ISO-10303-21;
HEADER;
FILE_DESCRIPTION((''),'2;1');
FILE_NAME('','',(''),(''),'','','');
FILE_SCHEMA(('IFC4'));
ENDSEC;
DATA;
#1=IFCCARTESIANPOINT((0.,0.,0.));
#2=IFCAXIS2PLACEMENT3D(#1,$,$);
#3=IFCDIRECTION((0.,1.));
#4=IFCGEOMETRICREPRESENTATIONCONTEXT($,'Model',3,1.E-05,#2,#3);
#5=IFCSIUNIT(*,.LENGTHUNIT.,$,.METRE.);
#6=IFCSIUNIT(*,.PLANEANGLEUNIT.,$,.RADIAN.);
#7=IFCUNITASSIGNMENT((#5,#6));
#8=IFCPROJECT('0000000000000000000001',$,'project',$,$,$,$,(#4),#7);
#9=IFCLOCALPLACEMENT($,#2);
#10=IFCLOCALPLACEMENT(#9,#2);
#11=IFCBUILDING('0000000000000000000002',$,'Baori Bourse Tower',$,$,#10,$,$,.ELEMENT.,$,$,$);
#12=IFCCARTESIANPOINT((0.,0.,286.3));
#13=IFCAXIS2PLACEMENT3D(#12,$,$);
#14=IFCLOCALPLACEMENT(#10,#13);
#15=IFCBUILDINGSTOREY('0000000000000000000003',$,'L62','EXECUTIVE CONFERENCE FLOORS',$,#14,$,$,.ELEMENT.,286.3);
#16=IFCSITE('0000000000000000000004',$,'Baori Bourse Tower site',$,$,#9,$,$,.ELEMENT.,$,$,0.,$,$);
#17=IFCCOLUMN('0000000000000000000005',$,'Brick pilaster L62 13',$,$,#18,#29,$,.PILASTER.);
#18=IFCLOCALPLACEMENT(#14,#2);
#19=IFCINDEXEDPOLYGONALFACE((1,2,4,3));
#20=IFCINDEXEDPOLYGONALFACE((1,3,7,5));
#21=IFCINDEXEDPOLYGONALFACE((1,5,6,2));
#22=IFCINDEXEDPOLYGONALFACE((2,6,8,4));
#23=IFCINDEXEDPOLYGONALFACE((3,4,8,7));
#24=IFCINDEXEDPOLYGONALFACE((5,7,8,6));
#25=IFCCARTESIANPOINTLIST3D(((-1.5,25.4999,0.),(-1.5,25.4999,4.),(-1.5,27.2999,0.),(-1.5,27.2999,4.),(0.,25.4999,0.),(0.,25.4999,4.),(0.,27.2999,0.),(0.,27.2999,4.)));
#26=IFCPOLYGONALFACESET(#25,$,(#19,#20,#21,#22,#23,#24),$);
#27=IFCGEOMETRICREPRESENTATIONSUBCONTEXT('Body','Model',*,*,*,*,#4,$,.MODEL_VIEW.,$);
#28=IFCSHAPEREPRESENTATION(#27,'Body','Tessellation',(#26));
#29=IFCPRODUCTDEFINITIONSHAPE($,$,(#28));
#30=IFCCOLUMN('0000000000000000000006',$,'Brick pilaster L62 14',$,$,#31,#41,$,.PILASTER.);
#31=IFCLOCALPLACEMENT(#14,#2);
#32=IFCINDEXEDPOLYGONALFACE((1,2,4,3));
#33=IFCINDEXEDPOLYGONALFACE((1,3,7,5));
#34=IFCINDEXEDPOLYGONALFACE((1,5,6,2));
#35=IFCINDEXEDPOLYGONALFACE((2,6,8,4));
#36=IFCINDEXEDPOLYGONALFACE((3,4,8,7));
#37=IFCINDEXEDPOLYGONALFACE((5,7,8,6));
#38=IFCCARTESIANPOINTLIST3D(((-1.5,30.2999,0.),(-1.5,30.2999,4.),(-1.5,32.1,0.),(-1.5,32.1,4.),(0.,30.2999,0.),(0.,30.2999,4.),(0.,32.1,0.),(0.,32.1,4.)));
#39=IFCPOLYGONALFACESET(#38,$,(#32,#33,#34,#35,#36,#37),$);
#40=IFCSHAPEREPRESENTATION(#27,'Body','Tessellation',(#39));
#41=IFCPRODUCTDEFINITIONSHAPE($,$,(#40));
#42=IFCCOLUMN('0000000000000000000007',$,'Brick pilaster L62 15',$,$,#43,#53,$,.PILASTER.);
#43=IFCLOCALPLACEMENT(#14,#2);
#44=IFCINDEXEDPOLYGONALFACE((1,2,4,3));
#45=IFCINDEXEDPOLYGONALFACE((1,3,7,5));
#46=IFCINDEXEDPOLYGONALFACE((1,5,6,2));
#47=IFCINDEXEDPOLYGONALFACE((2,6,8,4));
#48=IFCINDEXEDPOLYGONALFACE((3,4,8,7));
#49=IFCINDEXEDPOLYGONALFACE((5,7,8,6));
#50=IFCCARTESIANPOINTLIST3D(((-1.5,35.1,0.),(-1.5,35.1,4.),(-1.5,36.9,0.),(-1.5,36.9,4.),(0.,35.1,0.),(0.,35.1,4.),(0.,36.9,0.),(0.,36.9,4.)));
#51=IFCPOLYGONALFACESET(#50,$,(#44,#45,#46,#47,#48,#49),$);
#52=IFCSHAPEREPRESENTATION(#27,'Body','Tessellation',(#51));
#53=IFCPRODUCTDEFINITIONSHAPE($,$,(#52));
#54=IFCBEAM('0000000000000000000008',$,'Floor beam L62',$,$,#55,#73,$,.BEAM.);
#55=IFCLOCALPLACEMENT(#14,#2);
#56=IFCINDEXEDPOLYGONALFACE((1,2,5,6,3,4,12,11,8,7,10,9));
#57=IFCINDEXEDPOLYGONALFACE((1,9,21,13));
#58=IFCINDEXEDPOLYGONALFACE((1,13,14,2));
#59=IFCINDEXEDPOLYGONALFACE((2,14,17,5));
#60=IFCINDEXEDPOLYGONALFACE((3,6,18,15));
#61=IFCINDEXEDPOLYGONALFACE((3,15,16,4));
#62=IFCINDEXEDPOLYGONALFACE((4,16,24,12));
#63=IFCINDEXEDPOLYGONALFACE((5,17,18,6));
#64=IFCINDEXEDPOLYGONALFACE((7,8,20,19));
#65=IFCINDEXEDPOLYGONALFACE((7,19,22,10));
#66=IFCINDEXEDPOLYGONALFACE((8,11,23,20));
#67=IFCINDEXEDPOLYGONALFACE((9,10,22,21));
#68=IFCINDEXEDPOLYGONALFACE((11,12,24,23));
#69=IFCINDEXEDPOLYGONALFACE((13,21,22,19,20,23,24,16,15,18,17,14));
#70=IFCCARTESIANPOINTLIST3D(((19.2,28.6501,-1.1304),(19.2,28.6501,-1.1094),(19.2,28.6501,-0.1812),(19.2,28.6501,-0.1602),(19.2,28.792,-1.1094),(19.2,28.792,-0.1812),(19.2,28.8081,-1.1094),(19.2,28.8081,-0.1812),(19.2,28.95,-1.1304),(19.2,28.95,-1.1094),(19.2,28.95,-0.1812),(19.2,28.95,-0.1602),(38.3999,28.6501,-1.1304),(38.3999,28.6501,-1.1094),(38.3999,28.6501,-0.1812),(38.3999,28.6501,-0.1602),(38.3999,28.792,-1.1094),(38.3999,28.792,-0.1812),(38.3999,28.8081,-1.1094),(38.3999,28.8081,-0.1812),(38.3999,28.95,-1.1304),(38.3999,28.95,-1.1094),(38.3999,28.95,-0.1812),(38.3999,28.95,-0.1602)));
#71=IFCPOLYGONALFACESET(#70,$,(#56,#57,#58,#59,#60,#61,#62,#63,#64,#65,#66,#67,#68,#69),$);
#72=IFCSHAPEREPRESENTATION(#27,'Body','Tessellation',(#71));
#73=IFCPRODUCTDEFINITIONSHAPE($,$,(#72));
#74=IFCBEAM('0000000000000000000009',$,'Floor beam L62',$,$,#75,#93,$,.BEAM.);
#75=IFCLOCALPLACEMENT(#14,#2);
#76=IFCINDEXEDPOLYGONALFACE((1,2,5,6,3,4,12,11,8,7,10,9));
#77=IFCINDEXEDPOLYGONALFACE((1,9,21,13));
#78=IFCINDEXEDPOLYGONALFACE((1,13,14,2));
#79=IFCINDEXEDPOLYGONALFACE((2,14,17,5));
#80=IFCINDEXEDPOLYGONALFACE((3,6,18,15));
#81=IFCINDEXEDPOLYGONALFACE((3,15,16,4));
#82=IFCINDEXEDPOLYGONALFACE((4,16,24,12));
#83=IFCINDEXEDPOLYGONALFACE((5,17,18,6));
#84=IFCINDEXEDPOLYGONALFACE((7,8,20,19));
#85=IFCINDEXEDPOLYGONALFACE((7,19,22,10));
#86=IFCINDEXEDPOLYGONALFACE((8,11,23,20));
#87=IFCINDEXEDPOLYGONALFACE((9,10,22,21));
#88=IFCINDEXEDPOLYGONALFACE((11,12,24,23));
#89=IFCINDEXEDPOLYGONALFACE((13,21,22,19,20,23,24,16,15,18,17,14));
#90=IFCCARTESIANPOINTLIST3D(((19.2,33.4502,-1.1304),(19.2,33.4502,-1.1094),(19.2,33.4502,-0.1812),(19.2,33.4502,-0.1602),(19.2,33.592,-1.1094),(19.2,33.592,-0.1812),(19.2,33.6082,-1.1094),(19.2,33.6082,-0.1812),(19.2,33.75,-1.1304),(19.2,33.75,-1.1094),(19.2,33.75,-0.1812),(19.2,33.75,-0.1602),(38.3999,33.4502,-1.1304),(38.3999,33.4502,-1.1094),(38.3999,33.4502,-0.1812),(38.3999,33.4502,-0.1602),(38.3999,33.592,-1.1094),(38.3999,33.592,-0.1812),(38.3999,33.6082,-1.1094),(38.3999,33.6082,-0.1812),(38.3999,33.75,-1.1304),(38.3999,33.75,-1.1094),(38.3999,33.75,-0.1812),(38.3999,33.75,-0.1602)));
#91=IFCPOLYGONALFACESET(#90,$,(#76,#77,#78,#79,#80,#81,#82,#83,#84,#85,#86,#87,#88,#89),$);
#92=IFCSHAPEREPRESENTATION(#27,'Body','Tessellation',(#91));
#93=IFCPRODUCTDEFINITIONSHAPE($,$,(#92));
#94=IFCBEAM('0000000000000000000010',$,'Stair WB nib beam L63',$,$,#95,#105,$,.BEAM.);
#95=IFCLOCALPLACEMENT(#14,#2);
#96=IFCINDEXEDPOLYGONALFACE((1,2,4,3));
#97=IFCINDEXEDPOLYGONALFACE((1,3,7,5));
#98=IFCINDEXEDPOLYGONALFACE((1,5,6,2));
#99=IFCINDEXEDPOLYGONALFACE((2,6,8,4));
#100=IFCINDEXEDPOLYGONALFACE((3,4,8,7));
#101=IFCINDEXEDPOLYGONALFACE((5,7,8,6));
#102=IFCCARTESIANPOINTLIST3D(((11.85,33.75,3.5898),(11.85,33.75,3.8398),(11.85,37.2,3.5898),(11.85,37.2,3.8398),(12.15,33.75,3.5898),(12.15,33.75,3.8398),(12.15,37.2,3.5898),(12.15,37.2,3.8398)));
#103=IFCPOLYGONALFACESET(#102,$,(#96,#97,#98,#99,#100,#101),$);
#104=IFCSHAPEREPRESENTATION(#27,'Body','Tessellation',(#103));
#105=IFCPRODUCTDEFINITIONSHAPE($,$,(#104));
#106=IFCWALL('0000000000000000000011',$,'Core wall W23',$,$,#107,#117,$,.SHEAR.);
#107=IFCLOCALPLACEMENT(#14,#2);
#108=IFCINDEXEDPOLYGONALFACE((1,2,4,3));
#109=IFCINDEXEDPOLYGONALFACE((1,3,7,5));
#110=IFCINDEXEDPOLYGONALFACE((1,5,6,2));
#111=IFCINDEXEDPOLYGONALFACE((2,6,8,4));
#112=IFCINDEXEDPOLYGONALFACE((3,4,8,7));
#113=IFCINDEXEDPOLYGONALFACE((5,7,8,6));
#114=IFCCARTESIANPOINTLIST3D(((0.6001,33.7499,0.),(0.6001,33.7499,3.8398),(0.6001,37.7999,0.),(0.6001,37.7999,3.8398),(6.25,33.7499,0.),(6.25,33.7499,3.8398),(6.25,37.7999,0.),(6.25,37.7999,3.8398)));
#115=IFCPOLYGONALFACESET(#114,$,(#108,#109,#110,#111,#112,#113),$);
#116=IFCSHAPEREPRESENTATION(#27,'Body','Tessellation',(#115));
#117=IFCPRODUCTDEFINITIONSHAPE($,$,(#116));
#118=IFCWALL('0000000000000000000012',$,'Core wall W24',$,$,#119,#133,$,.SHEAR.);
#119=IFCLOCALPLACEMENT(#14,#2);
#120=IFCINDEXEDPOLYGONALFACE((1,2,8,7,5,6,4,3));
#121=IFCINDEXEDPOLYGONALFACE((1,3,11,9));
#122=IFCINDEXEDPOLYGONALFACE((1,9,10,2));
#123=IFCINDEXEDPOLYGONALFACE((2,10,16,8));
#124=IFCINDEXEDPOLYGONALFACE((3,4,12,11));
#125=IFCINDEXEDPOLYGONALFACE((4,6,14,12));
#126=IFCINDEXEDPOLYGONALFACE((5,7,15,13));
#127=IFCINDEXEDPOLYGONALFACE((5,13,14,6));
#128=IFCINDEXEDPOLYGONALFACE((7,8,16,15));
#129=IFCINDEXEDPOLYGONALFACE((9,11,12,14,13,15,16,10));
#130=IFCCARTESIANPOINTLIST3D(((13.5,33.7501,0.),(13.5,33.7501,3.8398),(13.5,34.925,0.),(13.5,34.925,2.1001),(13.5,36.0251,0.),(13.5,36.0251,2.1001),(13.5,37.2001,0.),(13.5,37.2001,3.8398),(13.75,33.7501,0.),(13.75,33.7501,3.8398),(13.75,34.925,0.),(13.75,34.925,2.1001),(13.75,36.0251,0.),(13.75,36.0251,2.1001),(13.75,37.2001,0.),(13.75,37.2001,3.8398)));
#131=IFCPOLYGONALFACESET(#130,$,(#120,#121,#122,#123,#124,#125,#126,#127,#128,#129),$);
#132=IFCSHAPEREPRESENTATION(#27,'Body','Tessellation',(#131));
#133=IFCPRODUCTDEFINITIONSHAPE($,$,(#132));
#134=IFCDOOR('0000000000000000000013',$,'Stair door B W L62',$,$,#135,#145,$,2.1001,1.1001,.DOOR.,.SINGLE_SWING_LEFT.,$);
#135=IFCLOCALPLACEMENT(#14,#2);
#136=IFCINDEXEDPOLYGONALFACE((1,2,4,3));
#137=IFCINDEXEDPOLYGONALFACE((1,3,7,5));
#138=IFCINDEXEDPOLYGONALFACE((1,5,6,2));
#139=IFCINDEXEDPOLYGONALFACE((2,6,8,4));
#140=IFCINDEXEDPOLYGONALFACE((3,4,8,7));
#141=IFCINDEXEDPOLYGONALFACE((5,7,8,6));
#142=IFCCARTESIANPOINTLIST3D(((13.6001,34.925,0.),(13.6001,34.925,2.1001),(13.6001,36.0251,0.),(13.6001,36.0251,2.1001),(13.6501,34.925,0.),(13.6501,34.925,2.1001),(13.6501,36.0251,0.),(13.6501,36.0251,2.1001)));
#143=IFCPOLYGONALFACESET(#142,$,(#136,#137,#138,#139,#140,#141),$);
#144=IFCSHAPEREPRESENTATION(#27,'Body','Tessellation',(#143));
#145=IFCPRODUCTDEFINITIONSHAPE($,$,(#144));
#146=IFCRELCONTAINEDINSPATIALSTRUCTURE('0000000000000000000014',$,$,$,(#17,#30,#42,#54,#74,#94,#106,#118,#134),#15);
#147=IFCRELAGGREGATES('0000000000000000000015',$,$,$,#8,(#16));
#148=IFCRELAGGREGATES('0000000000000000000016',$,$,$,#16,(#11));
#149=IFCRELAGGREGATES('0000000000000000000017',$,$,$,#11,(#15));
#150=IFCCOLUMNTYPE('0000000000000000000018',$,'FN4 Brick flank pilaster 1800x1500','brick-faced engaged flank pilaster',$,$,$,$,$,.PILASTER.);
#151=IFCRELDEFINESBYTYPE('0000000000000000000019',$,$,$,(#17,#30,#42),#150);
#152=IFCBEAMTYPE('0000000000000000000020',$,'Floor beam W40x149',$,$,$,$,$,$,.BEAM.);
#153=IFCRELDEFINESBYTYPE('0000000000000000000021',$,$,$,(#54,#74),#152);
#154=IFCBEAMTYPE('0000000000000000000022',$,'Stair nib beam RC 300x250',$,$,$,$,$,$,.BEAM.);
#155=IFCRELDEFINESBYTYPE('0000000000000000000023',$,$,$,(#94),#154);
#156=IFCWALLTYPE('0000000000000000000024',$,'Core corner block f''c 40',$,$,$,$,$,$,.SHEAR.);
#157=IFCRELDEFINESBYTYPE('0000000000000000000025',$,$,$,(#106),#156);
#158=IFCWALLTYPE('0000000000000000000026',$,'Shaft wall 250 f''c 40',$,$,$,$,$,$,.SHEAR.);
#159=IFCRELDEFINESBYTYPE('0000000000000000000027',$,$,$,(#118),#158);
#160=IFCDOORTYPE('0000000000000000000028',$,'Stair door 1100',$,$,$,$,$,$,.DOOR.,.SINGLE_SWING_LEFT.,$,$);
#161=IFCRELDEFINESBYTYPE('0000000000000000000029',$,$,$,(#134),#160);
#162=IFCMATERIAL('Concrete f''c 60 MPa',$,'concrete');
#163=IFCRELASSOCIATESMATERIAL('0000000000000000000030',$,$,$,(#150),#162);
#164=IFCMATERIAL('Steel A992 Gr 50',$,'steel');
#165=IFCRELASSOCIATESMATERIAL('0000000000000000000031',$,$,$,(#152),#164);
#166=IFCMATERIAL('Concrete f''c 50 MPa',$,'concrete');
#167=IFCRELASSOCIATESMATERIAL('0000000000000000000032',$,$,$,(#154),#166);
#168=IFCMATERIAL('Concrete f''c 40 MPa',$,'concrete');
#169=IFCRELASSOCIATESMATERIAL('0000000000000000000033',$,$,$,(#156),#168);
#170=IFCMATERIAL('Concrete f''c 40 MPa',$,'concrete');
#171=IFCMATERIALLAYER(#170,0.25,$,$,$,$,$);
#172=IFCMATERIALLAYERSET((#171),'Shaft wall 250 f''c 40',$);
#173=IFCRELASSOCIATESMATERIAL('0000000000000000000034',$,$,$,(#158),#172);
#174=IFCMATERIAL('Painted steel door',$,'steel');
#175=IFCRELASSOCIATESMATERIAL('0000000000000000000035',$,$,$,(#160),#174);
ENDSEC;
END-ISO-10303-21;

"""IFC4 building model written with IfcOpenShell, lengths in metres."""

from ifc_helpers import new_model, si_unit, direction, frame, frame_2d, origin, origin_2d, place, context, subcontext, project, spatial, rectangle, i_section, extrude, material, layer, layer_set, material_profile, profile_set, type_object, element, fill, save


model = new_model("IFC4")

# Units and contexts
model_context = context("Model", 3, precision=1e-05, world=origin(), true_north=direction((0.0, 1.0)))
body_context = subcontext(model_context, "Body", "Model", "MODEL_VIEW")
ifc_project = project(units=[si_unit("LENGTHUNIT", "METRE"), si_unit("PLANEANGLEUNIT", "RADIAN")], contexts=[model_context])

# Site, building, storey
site_placement = place(None, origin())
site = spatial("IfcSite", under=ifc_project, at=site_placement, Name="Baori Bourse Tower site", CompositionType="ELEMENT", RefElevation=0.0)
building_placement = place(site_placement, origin())
building = spatial("IfcBuilding", under=site, at=building_placement, Name="Baori Bourse Tower", CompositionType="ELEMENT")
storey_placement = place(building_placement, frame((0.0, 0.0, 286.3)))
storey = spatial("IfcBuildingStorey", under=building, at=storey_placement, Name="L62", Description="EXECUTIVE CONFERENCE FLOORS", CompositionType="ELEMENT", Elevation=286.3)

# Columns
ifc_material_1 = material(Name="Concrete f'c 60 MPa", Category="concrete")
ifc_material_profile_1 = material_profile(ifc_material_1, rectangle(XDim=1.8, YDim=1.5, at=origin_2d()), Name="RC 1800x1500")
ifc_profile_set_1 = profile_set([ifc_material_profile_1], Name="Concrete f'c 60 MPa")
column_type = type_object("IfcColumnType", Name="FN4 Brick flank pilaster 1800x1500", Description="brick-faced engaged flank pilaster", PredefinedType="PILASTER", material=ifc_profile_set_1)
for number, where, z_axis, x_axis, name in (
    (1, (-0.75, 26.3999, 0.0), (0.0, 0.0, 1.0), (0.0, 1.0, 0.0), "Brick pilaster L62 13"),
    (2, (-0.75, 31.2, 0.0), (0.0, 0.0, 1.0), (0.0, 1.0, 0.0), "Brick pilaster L62 14"),
    (3, (-0.75, 36.0, 0.0), (0.0, 0.0, 1.0), (0.0, 1.0, 0.0), "Brick pilaster L62 15"),
):
    element("IfcColumn", number, at=place(storey_placement, frame(where, z_axis=z_axis, x_axis=x_axis)), inside=storey, type_object=column_type, Name=name, PredefinedType="PILASTER", context=body_context, shape_type="SweptSolid", body=[
        extrude(rectangle(XDim=1.8, YDim=1.5, at=origin_2d()), origin(), (0.0, 0.0, 1.0), 4.0),
    ])

# Beams
ifc_material_2 = material(Name="Steel A992 Gr 50", Category="steel")
ifc_material_profile_2 = material_profile(ifc_material_2, i_section(OverallWidth=0.2998, OverallDepth=0.9702, WebThickness=0.0161, FlangeThickness=0.021, at=origin_2d()), Name="W40x149")
ifc_profile_set_2 = profile_set([ifc_material_profile_2], Name="Steel A992 Gr 50")
beam_type_1 = type_object("IfcBeamType", Name="Floor beam W40x149", PredefinedType="BEAM", material=ifc_profile_set_2)
for number, where, z_axis, x_axis, name in (
    (4, (19.2, 28.8, -0.6453), (1.0, 0.0, 0.0), (0.0, 1.0, 0.0), "Floor beam L62"),
    (5, (19.2, 33.6001, -0.6453), (1.0, 0.0, 0.0), (0.0, 1.0, 0.0), "Floor beam L62"),
):
    element("IfcBeam", number, at=place(storey_placement, frame(where, z_axis=z_axis, x_axis=x_axis)), inside=storey, type_object=beam_type_1, Name=name, PredefinedType="BEAM", context=body_context, shape_type="SweptSolid", body=[
        extrude(i_section(OverallWidth=0.2998, OverallDepth=0.9702, WebThickness=0.0161, FlangeThickness=0.021, at=origin_2d()), origin(), (0.0, 0.0, 1.0), 19.2),
    ])
ifc_material_3 = material(Name="Concrete f'c 50 MPa", Category="concrete")
ifc_material_profile_3 = material_profile(ifc_material_3, rectangle(XDim=0.3, YDim=0.25, at=origin_2d()), Name="RC 300x250")
ifc_profile_set_3 = profile_set([ifc_material_profile_3], Name="Concrete f'c 50 MPa")
beam_type_2 = type_object("IfcBeamType", Name="Stair nib beam RC 300x250", PredefinedType="BEAM", material=ifc_profile_set_3)
beam_placement = place(storey_placement, frame((12.0, 33.75, 3.7148), z_axis=(0.0, 1.0, 0.0), x_axis=(-1.0, 0.0, 0.0)))
element("IfcBeam", 6, at=beam_placement, inside=storey, type_object=beam_type_2, Name="Stair WB nib beam L63", PredefinedType="BEAM", context=body_context, shape_type="SweptSolid", body=[
    extrude(rectangle(XDim=0.3, YDim=0.25, at=origin_2d()), origin(), (0.0, 0.0, 1.0), 3.45),
])

# Wall
ifc_material_4 = material(Name="Concrete f'c 40 MPa", Category="concrete")
wall_type_1 = type_object("IfcWallType", Name="Core corner block f'c 40", PredefinedType="SHEAR", material=ifc_material_4)
wall_1_placement = place(storey_placement, frame((0.6001, 35.7749, 0.0), z_axis=(0.0, 0.0, 1.0), x_axis=(1.0, 0.0, 0.0)))
element("IfcWall", 7, at=wall_1_placement, inside=storey, type_object=wall_type_1, Name="Core wall W23", PredefinedType="SHEAR", context=body_context, shape_type="SweptSolid", body=[
    extrude(rectangle(XDim=5.6499, YDim=4.05, at=frame_2d((2.825, 0.0))), origin(), (0.0, 0.0, 1.0), 3.8398),
])

# Wall, opening, door
ifc_material_5 = material(Name="Concrete f'c 40 MPa", Category="concrete")
ifc_layer_1 = layer(ifc_material_5, 0.25)
ifc_layer_set_1 = layer_set([ifc_layer_1], Name="Shaft wall 250 f'c 40")
wall_type_2 = type_object("IfcWallType", Name="Shaft wall 250 f'c 40", PredefinedType="SHEAR", material=ifc_layer_set_1)
wall_2_placement = place(storey_placement, frame((13.625, 33.75, 0.0), z_axis=(0.0, 0.0, 1.0), x_axis=(0.0, 1.0, 0.0)))
wall_2 = element("IfcWall", 8, at=wall_2_placement, inside=storey, type_object=wall_type_2, Name="Core wall W24", PredefinedType="SHEAR", context=body_context, shape_type="SweptSolid", body=[
    extrude(rectangle(XDim=3.45, YDim=0.25, at=frame_2d((1.7251, 0.0))), origin(), (0.0, 0.0, 1.0), 3.8398),
])
opening_1_placement = place(wall_2_placement, frame((1.175, 0.0, 0.0)))
opening_1 = element("IfcOpeningElement", 9, at=opening_1_placement, cuts=wall_2, PredefinedType="OPENING", context=body_context, shape_type="SweptSolid", body=[
    extrude(rectangle(XDim=1.1001, YDim=2.1001, at=frame_2d((0.55, 1.05))), frame((0.0, 0.135, 0.0), z_axis=(0.0, -1.0, 0.0), x_axis=(1.0, 0.0, 0.0)), (0.0, 0.0, 1.0), 0.27),
])
ifc_material_6 = material(Name="Painted steel door", Category="steel")
door_type_1 = type_object("IfcDoorType", Name="Stair door 1100", OperationType="SINGLE_SWING_LEFT", PredefinedType="DOOR", material=ifc_material_6)
door_1_placement = place(opening_1_placement, origin())
door_1 = element("IfcDoor", 10, at=door_1_placement, inside=storey, type_object=door_type_1, Name="Stair door B W L62", OperationType="SINGLE_SWING_LEFT", OverallHeight=2.1001, OverallWidth=1.1001, PredefinedType="DOOR", context=body_context, shape_type="SweptSolid", body=[
    extrude(rectangle(XDim=1.1001, YDim=2.1001, at=frame_2d((0.55, 1.05))), frame((0.0, 0.0249, 0.0), z_axis=(0.0, -1.0, 0.0), x_axis=(1.0, 0.0, 0.0)), (0.0, 0.0, 1.0), 0.05),
])
fill(opening_1, door_1)

save(model, "model.ifc")
